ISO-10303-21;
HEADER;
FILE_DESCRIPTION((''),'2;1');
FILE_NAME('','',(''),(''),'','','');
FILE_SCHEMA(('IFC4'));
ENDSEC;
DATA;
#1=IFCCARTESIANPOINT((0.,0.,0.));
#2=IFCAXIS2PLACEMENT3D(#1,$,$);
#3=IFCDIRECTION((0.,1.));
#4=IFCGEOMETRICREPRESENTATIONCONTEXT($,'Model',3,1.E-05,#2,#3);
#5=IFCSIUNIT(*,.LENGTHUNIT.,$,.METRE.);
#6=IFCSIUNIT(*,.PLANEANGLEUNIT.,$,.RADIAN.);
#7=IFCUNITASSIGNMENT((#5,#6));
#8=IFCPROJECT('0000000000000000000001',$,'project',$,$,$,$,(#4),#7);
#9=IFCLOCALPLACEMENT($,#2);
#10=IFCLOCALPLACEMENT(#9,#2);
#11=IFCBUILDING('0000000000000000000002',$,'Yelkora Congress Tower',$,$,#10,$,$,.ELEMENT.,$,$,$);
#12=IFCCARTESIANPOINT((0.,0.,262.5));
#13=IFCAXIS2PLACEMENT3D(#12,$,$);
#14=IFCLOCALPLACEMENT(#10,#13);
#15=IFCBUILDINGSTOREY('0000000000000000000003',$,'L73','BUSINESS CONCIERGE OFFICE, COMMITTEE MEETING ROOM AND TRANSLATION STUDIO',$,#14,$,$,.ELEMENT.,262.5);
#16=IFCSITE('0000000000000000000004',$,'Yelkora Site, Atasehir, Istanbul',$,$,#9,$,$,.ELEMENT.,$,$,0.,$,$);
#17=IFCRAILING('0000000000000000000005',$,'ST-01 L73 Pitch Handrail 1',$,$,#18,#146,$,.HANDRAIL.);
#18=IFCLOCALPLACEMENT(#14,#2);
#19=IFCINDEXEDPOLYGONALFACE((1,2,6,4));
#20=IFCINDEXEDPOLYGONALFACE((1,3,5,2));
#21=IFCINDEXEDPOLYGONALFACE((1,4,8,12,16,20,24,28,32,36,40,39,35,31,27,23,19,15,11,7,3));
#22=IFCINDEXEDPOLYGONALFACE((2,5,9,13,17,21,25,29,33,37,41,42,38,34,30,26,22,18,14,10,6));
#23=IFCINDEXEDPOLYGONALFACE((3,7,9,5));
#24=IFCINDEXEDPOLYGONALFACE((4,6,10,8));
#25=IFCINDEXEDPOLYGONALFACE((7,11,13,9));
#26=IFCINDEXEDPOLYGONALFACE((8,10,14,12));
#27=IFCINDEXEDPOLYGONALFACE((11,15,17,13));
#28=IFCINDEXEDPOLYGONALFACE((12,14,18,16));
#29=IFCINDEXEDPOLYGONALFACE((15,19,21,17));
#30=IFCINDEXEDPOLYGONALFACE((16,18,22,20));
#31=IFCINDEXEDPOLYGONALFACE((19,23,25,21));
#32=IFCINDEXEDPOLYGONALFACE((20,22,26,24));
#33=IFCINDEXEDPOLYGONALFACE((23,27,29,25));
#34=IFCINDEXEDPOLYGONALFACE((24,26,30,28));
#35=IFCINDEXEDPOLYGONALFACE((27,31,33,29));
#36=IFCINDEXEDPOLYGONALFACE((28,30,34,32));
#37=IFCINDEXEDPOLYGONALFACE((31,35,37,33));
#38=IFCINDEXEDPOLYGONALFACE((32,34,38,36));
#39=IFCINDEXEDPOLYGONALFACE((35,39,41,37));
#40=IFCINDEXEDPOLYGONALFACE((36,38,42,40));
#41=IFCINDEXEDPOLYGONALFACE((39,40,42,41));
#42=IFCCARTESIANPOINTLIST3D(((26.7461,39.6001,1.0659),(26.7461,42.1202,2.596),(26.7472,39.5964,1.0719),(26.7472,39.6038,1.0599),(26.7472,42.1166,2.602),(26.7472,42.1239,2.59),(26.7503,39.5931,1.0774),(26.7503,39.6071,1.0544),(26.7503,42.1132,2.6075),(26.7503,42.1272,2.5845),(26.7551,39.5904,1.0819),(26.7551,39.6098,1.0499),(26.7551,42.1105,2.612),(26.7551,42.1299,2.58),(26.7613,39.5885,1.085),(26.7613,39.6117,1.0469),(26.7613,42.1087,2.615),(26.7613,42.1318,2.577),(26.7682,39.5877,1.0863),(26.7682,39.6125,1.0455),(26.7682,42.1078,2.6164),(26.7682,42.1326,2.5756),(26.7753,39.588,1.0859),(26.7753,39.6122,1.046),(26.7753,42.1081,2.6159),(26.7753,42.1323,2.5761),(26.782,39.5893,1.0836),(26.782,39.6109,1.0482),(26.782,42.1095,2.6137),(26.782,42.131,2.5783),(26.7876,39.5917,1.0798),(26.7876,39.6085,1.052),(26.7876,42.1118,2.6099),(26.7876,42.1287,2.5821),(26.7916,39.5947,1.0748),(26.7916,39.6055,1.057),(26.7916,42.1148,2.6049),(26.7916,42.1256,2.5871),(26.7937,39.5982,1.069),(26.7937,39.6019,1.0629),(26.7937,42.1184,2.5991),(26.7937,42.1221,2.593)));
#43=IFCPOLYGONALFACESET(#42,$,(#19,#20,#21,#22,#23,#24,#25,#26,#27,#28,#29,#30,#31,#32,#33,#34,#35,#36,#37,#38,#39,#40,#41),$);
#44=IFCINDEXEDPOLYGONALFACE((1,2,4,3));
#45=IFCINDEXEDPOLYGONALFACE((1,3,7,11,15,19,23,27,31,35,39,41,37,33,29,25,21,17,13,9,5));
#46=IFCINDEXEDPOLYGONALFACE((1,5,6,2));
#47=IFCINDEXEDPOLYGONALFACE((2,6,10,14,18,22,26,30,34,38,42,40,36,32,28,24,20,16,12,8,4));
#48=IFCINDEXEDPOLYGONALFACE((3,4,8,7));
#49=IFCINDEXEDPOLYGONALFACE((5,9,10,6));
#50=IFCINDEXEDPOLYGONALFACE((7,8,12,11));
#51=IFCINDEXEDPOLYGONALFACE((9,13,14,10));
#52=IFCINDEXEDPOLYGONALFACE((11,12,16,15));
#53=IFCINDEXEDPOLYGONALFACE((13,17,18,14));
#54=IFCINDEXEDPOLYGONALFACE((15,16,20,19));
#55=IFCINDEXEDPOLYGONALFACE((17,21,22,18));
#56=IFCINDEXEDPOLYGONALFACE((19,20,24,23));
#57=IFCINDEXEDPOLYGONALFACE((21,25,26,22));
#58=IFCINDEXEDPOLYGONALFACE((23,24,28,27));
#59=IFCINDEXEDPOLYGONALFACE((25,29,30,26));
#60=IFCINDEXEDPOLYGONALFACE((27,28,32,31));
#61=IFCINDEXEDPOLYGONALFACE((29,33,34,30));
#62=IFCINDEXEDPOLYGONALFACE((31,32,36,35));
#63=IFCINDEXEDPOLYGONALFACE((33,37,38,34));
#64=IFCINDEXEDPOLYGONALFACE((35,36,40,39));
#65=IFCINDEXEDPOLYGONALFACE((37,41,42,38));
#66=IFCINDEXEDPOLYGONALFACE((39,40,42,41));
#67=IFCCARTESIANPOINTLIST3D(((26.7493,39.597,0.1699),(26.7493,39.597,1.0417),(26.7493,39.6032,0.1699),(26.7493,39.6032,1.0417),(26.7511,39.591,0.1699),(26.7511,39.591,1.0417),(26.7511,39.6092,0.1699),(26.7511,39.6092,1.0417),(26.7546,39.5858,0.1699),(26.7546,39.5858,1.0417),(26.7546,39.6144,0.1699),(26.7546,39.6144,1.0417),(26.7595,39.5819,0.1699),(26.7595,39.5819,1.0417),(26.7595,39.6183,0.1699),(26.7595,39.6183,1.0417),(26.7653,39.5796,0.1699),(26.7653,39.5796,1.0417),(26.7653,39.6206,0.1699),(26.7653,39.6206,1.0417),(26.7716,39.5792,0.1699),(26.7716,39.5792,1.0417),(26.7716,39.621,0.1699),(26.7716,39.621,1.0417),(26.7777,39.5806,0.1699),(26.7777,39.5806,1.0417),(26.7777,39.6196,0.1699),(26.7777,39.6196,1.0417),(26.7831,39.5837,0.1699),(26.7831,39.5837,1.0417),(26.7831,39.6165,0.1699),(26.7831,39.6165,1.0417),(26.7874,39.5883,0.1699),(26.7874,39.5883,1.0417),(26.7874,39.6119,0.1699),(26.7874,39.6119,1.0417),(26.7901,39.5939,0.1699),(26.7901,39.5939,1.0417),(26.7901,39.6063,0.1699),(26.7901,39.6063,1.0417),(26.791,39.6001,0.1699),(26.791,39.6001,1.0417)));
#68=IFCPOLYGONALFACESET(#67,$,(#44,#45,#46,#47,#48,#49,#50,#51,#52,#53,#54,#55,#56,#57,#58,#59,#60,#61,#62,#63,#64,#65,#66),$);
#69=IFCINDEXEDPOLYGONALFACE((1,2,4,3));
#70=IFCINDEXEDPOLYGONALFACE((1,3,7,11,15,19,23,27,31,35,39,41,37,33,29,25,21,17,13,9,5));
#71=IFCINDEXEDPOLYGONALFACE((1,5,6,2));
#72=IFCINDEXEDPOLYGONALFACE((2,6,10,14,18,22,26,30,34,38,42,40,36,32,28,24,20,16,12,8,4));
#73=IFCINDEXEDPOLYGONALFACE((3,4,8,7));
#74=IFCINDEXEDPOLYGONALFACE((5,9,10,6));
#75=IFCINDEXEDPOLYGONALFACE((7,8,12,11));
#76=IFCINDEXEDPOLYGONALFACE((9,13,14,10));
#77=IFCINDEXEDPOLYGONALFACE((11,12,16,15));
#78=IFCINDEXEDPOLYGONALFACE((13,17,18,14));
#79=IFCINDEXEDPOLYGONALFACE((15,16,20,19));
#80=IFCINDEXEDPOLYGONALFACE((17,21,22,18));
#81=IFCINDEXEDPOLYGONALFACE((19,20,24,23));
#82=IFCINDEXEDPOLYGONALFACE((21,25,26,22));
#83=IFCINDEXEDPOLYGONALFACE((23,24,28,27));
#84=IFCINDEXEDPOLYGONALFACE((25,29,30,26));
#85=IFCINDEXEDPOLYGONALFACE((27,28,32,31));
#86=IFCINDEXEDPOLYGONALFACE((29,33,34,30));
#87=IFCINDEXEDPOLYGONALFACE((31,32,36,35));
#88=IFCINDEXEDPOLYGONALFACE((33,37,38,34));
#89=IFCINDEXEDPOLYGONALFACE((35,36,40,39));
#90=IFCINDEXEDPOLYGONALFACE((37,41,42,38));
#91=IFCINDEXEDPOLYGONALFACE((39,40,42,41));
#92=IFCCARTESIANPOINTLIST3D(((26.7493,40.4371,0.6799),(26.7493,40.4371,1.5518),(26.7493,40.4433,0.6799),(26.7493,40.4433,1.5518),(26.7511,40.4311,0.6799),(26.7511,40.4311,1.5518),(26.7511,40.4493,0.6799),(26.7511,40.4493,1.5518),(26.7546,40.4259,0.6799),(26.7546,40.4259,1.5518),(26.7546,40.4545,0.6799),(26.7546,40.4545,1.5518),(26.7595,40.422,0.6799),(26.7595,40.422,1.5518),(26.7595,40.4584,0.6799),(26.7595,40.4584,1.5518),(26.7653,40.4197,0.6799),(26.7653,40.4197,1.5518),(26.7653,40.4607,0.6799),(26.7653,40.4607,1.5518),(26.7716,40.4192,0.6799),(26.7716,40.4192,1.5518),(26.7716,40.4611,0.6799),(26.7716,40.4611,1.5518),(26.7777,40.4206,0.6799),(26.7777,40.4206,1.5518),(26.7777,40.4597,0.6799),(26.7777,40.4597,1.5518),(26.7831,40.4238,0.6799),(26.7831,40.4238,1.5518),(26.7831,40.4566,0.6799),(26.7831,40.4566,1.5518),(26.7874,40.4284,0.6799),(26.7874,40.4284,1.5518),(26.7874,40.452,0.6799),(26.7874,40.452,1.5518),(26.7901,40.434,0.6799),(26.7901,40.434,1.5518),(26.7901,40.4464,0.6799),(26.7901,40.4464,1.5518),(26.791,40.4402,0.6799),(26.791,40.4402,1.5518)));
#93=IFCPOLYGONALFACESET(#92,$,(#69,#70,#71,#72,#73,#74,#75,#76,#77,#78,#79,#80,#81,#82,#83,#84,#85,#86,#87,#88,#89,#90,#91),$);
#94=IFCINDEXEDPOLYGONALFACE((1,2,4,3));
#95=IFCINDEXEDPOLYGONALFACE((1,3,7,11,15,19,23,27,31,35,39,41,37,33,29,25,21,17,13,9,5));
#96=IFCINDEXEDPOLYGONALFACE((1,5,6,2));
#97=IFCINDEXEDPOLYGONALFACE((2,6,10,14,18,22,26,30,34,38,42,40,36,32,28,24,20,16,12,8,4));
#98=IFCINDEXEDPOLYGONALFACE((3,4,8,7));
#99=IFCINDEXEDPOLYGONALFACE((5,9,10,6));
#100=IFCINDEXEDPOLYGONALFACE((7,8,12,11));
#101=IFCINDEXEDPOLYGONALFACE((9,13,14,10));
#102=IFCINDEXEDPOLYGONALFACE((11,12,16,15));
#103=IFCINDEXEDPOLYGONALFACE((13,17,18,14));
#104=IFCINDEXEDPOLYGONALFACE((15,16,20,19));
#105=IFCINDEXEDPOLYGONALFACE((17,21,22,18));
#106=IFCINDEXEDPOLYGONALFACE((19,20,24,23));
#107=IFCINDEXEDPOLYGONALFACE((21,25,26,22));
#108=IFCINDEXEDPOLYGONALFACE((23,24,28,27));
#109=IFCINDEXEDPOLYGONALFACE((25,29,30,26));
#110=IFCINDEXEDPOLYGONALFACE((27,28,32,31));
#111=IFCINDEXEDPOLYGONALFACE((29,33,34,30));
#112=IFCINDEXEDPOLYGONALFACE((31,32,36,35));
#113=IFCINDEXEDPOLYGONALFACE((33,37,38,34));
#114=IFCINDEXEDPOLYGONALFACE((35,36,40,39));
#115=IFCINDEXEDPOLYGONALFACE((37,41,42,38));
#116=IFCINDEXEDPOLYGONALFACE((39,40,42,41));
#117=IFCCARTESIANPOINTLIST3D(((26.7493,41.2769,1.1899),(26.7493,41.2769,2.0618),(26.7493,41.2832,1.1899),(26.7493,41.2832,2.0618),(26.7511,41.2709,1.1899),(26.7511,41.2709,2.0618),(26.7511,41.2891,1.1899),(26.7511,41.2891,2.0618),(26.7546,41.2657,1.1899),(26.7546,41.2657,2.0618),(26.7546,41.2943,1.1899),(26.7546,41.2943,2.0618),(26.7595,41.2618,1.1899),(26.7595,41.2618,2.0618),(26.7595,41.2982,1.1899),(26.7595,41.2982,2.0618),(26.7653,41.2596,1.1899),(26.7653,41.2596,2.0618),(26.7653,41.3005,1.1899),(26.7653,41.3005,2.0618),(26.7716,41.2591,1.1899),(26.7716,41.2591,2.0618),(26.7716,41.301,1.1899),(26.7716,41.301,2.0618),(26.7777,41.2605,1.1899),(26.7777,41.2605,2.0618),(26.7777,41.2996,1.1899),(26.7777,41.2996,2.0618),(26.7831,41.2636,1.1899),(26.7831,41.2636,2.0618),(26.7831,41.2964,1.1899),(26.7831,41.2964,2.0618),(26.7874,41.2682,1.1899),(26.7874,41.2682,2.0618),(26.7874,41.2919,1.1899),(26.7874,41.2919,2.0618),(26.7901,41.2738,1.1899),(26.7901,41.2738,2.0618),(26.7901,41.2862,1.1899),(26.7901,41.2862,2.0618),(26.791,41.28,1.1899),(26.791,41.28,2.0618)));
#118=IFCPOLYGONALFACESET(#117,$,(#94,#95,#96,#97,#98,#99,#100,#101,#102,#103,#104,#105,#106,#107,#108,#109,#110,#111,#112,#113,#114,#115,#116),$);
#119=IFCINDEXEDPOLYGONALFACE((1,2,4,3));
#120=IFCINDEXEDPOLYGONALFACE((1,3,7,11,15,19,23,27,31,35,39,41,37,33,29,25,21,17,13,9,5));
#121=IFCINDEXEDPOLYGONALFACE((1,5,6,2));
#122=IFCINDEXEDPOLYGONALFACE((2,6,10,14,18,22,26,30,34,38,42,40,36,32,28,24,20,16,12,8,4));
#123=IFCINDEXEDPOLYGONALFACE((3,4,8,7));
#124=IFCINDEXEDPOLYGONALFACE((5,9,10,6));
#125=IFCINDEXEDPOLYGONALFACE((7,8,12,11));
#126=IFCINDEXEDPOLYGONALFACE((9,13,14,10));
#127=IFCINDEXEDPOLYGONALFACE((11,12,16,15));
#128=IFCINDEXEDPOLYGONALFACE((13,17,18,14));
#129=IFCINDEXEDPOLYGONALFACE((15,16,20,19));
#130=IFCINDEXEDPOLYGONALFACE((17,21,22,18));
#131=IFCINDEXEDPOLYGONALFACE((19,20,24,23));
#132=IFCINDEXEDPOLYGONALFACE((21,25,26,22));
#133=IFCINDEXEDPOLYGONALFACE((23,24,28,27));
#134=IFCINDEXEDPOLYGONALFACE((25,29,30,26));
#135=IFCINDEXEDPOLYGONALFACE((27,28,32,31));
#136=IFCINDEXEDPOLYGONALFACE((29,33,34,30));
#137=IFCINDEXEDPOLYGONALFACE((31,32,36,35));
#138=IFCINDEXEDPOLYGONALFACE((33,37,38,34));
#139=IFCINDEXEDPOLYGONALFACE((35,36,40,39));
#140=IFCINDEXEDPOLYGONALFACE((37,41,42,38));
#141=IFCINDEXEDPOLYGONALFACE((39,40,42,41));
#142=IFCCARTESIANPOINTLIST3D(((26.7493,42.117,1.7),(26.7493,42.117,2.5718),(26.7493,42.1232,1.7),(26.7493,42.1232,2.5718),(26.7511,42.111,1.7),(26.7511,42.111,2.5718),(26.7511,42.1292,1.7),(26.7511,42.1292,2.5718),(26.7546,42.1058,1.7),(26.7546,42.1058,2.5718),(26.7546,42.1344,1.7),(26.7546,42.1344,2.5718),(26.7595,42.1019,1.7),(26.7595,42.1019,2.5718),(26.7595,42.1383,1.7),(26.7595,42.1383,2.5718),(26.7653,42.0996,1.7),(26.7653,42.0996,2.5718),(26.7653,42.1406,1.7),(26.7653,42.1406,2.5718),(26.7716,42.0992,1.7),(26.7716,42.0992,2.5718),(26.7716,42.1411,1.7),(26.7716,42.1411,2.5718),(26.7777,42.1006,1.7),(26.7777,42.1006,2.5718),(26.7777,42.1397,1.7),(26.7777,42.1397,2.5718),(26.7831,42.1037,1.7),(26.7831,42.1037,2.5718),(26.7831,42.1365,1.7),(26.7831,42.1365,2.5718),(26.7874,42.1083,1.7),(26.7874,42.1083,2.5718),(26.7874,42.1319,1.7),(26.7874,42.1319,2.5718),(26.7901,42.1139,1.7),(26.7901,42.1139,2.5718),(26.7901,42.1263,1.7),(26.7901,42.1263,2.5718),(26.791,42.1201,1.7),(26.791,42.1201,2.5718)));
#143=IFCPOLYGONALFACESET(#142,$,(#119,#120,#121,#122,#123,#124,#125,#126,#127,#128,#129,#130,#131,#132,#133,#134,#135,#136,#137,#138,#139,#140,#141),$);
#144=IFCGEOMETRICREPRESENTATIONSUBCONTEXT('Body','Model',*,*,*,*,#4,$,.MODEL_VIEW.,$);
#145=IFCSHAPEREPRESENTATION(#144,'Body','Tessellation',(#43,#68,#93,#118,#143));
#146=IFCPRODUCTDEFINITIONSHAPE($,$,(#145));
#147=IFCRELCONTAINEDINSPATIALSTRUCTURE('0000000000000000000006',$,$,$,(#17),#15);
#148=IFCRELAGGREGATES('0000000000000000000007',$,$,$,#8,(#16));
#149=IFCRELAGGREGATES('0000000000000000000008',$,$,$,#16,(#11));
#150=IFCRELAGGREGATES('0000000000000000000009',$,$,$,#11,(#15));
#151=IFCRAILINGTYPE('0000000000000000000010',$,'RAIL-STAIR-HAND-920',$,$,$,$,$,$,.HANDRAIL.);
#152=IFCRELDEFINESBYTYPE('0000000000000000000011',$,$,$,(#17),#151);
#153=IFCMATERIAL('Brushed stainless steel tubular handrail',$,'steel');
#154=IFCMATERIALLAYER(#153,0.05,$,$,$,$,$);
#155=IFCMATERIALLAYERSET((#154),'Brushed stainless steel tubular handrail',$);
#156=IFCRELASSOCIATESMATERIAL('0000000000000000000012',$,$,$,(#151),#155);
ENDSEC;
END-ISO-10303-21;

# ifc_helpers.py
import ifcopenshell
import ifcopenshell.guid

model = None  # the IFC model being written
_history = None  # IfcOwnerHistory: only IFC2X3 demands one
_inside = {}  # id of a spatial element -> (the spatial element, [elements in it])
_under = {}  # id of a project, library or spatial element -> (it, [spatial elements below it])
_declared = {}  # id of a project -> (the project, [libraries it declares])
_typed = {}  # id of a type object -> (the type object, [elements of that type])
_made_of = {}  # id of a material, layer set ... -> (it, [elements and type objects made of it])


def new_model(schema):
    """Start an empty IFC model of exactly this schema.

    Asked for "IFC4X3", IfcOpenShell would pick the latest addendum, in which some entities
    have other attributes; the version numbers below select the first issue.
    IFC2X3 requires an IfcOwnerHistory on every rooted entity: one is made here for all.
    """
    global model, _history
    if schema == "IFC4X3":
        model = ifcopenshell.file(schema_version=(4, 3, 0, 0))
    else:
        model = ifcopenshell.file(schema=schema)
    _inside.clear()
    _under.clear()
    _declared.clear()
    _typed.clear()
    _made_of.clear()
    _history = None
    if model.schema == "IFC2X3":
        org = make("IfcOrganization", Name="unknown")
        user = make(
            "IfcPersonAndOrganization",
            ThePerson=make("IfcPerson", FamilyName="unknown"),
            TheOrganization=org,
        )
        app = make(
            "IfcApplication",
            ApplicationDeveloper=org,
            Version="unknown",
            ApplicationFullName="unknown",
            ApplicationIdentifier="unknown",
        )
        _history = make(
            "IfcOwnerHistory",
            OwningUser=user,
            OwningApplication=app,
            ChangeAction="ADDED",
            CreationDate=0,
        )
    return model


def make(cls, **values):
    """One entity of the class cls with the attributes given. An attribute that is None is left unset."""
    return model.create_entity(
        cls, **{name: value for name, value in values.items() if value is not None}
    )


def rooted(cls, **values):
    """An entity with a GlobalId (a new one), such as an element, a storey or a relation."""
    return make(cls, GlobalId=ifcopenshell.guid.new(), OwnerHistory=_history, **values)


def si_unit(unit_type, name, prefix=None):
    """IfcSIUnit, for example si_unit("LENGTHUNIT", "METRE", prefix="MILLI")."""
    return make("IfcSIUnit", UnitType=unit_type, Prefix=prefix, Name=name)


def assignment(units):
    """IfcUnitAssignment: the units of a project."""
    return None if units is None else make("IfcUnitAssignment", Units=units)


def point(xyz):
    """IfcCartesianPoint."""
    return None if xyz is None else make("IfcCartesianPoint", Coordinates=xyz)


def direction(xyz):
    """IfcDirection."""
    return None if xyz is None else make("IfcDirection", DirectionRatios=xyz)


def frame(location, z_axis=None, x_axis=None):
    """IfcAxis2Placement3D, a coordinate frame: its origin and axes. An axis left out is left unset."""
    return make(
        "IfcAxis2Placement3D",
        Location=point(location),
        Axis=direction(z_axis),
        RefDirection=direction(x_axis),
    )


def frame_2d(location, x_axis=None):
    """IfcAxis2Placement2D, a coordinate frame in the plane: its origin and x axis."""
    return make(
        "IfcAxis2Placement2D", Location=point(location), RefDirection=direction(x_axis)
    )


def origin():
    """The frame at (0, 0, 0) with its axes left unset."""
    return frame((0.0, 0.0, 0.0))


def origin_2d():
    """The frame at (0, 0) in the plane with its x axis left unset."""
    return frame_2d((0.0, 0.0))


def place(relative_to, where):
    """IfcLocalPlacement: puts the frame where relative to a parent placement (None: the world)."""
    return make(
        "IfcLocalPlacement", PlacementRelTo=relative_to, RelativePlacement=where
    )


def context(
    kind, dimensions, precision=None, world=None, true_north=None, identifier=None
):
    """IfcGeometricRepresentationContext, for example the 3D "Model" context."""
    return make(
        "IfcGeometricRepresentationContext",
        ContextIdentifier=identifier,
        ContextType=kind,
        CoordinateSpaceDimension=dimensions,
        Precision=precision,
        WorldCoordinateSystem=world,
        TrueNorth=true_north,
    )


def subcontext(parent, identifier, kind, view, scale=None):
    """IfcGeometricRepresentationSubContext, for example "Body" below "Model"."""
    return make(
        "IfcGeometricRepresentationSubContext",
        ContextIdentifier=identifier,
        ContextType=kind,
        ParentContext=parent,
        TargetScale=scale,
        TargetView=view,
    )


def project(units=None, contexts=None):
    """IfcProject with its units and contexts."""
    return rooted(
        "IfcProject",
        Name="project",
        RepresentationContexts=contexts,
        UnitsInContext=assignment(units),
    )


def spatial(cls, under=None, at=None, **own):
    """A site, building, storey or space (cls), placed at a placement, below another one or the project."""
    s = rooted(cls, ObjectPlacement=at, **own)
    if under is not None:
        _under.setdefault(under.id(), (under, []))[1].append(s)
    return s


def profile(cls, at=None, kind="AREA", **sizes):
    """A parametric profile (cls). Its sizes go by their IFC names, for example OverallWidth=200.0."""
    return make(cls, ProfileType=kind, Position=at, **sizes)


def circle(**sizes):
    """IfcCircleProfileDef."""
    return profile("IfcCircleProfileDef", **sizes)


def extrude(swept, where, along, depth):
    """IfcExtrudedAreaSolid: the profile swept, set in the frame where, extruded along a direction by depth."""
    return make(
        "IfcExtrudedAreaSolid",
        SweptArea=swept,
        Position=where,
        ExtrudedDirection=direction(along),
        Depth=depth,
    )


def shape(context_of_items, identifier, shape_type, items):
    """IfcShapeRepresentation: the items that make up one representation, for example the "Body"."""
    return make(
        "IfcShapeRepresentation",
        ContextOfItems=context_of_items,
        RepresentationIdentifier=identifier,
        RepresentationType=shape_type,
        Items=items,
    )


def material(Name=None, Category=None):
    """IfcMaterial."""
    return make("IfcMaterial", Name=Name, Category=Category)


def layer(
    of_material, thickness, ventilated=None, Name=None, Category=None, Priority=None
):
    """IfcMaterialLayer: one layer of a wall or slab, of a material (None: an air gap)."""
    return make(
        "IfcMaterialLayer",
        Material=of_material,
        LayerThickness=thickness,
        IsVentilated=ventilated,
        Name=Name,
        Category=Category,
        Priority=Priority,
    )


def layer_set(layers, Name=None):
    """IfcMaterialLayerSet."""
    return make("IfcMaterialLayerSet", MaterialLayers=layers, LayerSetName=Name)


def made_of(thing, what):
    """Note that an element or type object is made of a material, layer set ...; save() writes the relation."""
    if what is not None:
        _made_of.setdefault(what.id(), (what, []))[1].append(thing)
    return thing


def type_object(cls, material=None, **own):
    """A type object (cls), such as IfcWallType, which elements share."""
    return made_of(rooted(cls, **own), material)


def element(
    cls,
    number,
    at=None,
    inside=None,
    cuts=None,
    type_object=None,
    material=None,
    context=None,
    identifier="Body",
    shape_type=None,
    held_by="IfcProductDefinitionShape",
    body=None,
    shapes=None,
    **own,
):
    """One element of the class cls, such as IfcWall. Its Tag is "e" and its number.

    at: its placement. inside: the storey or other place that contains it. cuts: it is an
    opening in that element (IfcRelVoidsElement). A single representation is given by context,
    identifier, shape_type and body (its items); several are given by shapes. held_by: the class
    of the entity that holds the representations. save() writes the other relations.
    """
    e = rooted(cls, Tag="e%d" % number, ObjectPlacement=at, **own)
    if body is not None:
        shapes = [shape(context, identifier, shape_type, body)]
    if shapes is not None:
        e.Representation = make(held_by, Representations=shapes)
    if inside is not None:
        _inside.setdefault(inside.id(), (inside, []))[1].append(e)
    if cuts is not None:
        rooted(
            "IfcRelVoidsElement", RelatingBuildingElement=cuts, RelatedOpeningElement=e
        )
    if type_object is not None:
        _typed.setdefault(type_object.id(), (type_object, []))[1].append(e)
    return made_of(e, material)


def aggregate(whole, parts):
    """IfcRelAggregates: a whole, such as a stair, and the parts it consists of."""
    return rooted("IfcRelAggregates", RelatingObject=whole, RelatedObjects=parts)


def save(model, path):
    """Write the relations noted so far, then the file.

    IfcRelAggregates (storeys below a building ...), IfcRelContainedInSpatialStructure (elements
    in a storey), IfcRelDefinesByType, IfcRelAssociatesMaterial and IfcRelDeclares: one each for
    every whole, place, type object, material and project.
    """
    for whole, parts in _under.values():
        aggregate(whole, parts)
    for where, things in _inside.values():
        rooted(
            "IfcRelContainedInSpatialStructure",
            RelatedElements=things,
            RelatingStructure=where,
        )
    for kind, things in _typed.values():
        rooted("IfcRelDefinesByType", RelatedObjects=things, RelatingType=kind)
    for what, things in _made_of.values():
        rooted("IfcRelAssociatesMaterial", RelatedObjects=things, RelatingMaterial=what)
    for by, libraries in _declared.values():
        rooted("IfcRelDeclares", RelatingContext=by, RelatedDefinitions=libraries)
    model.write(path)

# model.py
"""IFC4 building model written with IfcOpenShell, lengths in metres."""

from ifc_helpers import new_model, si_unit, direction, frame, origin, origin_2d, place, context, subcontext, project, spatial, circle, extrude, material, layer, layer_set, type_object, element, save


model = new_model("IFC4")

# Units and contexts
model_context = context("Model", 3, precision=1e-05, world=origin(), true_north=direction((0.0, 1.0)))
body_context = subcontext(model_context, "Body", "Model", "MODEL_VIEW")
ifc_project = project(units=[si_unit("LENGTHUNIT", "METRE"), si_unit("PLANEANGLEUNIT", "RADIAN")], contexts=[model_context])

# Site, building, storey
site_placement = place(None, origin())
site = spatial("IfcSite", under=ifc_project, at=site_placement, Name="Yelkora Site, Atasehir, Istanbul", CompositionType="ELEMENT", RefElevation=0.0)
building_placement = place(site_placement, origin())
building = spatial("IfcBuilding", under=site, at=building_placement, Name="Yelkora Congress Tower", CompositionType="ELEMENT")
storey_placement = place(building_placement, frame((0.0, 0.0, 262.5)))
storey = spatial("IfcBuildingStorey", under=building, at=storey_placement, Name="L73", Description="BUSINESS CONCIERGE OFFICE, COMMITTEE MEETING ROOM AND TRANSLATION STUDIO", CompositionType="ELEMENT", Elevation=262.5)

# Railing
ifc_material_1 = material(Name="Brushed stainless steel tubular handrail", Category="steel")
ifc_layer_1 = layer(ifc_material_1, 0.05)
ifc_layer_set_1 = layer_set([ifc_layer_1], Name="Brushed stainless steel tubular handrail")
railing_type_1 = type_object("IfcRailingType", Name="RAIL-STAIR-HAND-920", PredefinedType="HANDRAIL", material=ifc_layer_set_1)
railing_1_placement = place(storey_placement, frame((26.77, 39.6001, 0.1699)))
element("IfcRailing", 1, at=railing_1_placement, inside=storey, type_object=railing_type_1, Name="ST-01 L73 Pitch Handrail 1", PredefinedType="HANDRAIL", context=body_context, shape_type="SweptSolid", body=[
    extrude(circle(Radius=0.0239, at=origin_2d()), frame((0.0, 0.0, 0.896), z_axis=(0.0, 0.854785, 0.518982), x_axis=(-1.0, 0.0, 0.0)), (0.0, 0.0, 1.0), 2.9482),
    extrude(circle(Radius=0.021, at=origin_2d()), origin(), (0.0, 0.0, 1.0), 0.8718),
    extrude(circle(Radius=0.021, at=origin_2d()), frame((0.0, 0.8401, 0.51)), (0.0, 0.0, 1.0), 0.8718),
    extrude(circle(Radius=0.021, at=origin_2d()), frame((0.0, 1.6799, 1.02)), (0.0, 0.0, 1.0), 0.8718),
    extrude(circle(Radius=0.021, at=origin_2d()), frame((0.0, 2.52, 1.53)), (0.0, 0.0, 1.0), 0.8718),
])

save(model, "model.ifc")
